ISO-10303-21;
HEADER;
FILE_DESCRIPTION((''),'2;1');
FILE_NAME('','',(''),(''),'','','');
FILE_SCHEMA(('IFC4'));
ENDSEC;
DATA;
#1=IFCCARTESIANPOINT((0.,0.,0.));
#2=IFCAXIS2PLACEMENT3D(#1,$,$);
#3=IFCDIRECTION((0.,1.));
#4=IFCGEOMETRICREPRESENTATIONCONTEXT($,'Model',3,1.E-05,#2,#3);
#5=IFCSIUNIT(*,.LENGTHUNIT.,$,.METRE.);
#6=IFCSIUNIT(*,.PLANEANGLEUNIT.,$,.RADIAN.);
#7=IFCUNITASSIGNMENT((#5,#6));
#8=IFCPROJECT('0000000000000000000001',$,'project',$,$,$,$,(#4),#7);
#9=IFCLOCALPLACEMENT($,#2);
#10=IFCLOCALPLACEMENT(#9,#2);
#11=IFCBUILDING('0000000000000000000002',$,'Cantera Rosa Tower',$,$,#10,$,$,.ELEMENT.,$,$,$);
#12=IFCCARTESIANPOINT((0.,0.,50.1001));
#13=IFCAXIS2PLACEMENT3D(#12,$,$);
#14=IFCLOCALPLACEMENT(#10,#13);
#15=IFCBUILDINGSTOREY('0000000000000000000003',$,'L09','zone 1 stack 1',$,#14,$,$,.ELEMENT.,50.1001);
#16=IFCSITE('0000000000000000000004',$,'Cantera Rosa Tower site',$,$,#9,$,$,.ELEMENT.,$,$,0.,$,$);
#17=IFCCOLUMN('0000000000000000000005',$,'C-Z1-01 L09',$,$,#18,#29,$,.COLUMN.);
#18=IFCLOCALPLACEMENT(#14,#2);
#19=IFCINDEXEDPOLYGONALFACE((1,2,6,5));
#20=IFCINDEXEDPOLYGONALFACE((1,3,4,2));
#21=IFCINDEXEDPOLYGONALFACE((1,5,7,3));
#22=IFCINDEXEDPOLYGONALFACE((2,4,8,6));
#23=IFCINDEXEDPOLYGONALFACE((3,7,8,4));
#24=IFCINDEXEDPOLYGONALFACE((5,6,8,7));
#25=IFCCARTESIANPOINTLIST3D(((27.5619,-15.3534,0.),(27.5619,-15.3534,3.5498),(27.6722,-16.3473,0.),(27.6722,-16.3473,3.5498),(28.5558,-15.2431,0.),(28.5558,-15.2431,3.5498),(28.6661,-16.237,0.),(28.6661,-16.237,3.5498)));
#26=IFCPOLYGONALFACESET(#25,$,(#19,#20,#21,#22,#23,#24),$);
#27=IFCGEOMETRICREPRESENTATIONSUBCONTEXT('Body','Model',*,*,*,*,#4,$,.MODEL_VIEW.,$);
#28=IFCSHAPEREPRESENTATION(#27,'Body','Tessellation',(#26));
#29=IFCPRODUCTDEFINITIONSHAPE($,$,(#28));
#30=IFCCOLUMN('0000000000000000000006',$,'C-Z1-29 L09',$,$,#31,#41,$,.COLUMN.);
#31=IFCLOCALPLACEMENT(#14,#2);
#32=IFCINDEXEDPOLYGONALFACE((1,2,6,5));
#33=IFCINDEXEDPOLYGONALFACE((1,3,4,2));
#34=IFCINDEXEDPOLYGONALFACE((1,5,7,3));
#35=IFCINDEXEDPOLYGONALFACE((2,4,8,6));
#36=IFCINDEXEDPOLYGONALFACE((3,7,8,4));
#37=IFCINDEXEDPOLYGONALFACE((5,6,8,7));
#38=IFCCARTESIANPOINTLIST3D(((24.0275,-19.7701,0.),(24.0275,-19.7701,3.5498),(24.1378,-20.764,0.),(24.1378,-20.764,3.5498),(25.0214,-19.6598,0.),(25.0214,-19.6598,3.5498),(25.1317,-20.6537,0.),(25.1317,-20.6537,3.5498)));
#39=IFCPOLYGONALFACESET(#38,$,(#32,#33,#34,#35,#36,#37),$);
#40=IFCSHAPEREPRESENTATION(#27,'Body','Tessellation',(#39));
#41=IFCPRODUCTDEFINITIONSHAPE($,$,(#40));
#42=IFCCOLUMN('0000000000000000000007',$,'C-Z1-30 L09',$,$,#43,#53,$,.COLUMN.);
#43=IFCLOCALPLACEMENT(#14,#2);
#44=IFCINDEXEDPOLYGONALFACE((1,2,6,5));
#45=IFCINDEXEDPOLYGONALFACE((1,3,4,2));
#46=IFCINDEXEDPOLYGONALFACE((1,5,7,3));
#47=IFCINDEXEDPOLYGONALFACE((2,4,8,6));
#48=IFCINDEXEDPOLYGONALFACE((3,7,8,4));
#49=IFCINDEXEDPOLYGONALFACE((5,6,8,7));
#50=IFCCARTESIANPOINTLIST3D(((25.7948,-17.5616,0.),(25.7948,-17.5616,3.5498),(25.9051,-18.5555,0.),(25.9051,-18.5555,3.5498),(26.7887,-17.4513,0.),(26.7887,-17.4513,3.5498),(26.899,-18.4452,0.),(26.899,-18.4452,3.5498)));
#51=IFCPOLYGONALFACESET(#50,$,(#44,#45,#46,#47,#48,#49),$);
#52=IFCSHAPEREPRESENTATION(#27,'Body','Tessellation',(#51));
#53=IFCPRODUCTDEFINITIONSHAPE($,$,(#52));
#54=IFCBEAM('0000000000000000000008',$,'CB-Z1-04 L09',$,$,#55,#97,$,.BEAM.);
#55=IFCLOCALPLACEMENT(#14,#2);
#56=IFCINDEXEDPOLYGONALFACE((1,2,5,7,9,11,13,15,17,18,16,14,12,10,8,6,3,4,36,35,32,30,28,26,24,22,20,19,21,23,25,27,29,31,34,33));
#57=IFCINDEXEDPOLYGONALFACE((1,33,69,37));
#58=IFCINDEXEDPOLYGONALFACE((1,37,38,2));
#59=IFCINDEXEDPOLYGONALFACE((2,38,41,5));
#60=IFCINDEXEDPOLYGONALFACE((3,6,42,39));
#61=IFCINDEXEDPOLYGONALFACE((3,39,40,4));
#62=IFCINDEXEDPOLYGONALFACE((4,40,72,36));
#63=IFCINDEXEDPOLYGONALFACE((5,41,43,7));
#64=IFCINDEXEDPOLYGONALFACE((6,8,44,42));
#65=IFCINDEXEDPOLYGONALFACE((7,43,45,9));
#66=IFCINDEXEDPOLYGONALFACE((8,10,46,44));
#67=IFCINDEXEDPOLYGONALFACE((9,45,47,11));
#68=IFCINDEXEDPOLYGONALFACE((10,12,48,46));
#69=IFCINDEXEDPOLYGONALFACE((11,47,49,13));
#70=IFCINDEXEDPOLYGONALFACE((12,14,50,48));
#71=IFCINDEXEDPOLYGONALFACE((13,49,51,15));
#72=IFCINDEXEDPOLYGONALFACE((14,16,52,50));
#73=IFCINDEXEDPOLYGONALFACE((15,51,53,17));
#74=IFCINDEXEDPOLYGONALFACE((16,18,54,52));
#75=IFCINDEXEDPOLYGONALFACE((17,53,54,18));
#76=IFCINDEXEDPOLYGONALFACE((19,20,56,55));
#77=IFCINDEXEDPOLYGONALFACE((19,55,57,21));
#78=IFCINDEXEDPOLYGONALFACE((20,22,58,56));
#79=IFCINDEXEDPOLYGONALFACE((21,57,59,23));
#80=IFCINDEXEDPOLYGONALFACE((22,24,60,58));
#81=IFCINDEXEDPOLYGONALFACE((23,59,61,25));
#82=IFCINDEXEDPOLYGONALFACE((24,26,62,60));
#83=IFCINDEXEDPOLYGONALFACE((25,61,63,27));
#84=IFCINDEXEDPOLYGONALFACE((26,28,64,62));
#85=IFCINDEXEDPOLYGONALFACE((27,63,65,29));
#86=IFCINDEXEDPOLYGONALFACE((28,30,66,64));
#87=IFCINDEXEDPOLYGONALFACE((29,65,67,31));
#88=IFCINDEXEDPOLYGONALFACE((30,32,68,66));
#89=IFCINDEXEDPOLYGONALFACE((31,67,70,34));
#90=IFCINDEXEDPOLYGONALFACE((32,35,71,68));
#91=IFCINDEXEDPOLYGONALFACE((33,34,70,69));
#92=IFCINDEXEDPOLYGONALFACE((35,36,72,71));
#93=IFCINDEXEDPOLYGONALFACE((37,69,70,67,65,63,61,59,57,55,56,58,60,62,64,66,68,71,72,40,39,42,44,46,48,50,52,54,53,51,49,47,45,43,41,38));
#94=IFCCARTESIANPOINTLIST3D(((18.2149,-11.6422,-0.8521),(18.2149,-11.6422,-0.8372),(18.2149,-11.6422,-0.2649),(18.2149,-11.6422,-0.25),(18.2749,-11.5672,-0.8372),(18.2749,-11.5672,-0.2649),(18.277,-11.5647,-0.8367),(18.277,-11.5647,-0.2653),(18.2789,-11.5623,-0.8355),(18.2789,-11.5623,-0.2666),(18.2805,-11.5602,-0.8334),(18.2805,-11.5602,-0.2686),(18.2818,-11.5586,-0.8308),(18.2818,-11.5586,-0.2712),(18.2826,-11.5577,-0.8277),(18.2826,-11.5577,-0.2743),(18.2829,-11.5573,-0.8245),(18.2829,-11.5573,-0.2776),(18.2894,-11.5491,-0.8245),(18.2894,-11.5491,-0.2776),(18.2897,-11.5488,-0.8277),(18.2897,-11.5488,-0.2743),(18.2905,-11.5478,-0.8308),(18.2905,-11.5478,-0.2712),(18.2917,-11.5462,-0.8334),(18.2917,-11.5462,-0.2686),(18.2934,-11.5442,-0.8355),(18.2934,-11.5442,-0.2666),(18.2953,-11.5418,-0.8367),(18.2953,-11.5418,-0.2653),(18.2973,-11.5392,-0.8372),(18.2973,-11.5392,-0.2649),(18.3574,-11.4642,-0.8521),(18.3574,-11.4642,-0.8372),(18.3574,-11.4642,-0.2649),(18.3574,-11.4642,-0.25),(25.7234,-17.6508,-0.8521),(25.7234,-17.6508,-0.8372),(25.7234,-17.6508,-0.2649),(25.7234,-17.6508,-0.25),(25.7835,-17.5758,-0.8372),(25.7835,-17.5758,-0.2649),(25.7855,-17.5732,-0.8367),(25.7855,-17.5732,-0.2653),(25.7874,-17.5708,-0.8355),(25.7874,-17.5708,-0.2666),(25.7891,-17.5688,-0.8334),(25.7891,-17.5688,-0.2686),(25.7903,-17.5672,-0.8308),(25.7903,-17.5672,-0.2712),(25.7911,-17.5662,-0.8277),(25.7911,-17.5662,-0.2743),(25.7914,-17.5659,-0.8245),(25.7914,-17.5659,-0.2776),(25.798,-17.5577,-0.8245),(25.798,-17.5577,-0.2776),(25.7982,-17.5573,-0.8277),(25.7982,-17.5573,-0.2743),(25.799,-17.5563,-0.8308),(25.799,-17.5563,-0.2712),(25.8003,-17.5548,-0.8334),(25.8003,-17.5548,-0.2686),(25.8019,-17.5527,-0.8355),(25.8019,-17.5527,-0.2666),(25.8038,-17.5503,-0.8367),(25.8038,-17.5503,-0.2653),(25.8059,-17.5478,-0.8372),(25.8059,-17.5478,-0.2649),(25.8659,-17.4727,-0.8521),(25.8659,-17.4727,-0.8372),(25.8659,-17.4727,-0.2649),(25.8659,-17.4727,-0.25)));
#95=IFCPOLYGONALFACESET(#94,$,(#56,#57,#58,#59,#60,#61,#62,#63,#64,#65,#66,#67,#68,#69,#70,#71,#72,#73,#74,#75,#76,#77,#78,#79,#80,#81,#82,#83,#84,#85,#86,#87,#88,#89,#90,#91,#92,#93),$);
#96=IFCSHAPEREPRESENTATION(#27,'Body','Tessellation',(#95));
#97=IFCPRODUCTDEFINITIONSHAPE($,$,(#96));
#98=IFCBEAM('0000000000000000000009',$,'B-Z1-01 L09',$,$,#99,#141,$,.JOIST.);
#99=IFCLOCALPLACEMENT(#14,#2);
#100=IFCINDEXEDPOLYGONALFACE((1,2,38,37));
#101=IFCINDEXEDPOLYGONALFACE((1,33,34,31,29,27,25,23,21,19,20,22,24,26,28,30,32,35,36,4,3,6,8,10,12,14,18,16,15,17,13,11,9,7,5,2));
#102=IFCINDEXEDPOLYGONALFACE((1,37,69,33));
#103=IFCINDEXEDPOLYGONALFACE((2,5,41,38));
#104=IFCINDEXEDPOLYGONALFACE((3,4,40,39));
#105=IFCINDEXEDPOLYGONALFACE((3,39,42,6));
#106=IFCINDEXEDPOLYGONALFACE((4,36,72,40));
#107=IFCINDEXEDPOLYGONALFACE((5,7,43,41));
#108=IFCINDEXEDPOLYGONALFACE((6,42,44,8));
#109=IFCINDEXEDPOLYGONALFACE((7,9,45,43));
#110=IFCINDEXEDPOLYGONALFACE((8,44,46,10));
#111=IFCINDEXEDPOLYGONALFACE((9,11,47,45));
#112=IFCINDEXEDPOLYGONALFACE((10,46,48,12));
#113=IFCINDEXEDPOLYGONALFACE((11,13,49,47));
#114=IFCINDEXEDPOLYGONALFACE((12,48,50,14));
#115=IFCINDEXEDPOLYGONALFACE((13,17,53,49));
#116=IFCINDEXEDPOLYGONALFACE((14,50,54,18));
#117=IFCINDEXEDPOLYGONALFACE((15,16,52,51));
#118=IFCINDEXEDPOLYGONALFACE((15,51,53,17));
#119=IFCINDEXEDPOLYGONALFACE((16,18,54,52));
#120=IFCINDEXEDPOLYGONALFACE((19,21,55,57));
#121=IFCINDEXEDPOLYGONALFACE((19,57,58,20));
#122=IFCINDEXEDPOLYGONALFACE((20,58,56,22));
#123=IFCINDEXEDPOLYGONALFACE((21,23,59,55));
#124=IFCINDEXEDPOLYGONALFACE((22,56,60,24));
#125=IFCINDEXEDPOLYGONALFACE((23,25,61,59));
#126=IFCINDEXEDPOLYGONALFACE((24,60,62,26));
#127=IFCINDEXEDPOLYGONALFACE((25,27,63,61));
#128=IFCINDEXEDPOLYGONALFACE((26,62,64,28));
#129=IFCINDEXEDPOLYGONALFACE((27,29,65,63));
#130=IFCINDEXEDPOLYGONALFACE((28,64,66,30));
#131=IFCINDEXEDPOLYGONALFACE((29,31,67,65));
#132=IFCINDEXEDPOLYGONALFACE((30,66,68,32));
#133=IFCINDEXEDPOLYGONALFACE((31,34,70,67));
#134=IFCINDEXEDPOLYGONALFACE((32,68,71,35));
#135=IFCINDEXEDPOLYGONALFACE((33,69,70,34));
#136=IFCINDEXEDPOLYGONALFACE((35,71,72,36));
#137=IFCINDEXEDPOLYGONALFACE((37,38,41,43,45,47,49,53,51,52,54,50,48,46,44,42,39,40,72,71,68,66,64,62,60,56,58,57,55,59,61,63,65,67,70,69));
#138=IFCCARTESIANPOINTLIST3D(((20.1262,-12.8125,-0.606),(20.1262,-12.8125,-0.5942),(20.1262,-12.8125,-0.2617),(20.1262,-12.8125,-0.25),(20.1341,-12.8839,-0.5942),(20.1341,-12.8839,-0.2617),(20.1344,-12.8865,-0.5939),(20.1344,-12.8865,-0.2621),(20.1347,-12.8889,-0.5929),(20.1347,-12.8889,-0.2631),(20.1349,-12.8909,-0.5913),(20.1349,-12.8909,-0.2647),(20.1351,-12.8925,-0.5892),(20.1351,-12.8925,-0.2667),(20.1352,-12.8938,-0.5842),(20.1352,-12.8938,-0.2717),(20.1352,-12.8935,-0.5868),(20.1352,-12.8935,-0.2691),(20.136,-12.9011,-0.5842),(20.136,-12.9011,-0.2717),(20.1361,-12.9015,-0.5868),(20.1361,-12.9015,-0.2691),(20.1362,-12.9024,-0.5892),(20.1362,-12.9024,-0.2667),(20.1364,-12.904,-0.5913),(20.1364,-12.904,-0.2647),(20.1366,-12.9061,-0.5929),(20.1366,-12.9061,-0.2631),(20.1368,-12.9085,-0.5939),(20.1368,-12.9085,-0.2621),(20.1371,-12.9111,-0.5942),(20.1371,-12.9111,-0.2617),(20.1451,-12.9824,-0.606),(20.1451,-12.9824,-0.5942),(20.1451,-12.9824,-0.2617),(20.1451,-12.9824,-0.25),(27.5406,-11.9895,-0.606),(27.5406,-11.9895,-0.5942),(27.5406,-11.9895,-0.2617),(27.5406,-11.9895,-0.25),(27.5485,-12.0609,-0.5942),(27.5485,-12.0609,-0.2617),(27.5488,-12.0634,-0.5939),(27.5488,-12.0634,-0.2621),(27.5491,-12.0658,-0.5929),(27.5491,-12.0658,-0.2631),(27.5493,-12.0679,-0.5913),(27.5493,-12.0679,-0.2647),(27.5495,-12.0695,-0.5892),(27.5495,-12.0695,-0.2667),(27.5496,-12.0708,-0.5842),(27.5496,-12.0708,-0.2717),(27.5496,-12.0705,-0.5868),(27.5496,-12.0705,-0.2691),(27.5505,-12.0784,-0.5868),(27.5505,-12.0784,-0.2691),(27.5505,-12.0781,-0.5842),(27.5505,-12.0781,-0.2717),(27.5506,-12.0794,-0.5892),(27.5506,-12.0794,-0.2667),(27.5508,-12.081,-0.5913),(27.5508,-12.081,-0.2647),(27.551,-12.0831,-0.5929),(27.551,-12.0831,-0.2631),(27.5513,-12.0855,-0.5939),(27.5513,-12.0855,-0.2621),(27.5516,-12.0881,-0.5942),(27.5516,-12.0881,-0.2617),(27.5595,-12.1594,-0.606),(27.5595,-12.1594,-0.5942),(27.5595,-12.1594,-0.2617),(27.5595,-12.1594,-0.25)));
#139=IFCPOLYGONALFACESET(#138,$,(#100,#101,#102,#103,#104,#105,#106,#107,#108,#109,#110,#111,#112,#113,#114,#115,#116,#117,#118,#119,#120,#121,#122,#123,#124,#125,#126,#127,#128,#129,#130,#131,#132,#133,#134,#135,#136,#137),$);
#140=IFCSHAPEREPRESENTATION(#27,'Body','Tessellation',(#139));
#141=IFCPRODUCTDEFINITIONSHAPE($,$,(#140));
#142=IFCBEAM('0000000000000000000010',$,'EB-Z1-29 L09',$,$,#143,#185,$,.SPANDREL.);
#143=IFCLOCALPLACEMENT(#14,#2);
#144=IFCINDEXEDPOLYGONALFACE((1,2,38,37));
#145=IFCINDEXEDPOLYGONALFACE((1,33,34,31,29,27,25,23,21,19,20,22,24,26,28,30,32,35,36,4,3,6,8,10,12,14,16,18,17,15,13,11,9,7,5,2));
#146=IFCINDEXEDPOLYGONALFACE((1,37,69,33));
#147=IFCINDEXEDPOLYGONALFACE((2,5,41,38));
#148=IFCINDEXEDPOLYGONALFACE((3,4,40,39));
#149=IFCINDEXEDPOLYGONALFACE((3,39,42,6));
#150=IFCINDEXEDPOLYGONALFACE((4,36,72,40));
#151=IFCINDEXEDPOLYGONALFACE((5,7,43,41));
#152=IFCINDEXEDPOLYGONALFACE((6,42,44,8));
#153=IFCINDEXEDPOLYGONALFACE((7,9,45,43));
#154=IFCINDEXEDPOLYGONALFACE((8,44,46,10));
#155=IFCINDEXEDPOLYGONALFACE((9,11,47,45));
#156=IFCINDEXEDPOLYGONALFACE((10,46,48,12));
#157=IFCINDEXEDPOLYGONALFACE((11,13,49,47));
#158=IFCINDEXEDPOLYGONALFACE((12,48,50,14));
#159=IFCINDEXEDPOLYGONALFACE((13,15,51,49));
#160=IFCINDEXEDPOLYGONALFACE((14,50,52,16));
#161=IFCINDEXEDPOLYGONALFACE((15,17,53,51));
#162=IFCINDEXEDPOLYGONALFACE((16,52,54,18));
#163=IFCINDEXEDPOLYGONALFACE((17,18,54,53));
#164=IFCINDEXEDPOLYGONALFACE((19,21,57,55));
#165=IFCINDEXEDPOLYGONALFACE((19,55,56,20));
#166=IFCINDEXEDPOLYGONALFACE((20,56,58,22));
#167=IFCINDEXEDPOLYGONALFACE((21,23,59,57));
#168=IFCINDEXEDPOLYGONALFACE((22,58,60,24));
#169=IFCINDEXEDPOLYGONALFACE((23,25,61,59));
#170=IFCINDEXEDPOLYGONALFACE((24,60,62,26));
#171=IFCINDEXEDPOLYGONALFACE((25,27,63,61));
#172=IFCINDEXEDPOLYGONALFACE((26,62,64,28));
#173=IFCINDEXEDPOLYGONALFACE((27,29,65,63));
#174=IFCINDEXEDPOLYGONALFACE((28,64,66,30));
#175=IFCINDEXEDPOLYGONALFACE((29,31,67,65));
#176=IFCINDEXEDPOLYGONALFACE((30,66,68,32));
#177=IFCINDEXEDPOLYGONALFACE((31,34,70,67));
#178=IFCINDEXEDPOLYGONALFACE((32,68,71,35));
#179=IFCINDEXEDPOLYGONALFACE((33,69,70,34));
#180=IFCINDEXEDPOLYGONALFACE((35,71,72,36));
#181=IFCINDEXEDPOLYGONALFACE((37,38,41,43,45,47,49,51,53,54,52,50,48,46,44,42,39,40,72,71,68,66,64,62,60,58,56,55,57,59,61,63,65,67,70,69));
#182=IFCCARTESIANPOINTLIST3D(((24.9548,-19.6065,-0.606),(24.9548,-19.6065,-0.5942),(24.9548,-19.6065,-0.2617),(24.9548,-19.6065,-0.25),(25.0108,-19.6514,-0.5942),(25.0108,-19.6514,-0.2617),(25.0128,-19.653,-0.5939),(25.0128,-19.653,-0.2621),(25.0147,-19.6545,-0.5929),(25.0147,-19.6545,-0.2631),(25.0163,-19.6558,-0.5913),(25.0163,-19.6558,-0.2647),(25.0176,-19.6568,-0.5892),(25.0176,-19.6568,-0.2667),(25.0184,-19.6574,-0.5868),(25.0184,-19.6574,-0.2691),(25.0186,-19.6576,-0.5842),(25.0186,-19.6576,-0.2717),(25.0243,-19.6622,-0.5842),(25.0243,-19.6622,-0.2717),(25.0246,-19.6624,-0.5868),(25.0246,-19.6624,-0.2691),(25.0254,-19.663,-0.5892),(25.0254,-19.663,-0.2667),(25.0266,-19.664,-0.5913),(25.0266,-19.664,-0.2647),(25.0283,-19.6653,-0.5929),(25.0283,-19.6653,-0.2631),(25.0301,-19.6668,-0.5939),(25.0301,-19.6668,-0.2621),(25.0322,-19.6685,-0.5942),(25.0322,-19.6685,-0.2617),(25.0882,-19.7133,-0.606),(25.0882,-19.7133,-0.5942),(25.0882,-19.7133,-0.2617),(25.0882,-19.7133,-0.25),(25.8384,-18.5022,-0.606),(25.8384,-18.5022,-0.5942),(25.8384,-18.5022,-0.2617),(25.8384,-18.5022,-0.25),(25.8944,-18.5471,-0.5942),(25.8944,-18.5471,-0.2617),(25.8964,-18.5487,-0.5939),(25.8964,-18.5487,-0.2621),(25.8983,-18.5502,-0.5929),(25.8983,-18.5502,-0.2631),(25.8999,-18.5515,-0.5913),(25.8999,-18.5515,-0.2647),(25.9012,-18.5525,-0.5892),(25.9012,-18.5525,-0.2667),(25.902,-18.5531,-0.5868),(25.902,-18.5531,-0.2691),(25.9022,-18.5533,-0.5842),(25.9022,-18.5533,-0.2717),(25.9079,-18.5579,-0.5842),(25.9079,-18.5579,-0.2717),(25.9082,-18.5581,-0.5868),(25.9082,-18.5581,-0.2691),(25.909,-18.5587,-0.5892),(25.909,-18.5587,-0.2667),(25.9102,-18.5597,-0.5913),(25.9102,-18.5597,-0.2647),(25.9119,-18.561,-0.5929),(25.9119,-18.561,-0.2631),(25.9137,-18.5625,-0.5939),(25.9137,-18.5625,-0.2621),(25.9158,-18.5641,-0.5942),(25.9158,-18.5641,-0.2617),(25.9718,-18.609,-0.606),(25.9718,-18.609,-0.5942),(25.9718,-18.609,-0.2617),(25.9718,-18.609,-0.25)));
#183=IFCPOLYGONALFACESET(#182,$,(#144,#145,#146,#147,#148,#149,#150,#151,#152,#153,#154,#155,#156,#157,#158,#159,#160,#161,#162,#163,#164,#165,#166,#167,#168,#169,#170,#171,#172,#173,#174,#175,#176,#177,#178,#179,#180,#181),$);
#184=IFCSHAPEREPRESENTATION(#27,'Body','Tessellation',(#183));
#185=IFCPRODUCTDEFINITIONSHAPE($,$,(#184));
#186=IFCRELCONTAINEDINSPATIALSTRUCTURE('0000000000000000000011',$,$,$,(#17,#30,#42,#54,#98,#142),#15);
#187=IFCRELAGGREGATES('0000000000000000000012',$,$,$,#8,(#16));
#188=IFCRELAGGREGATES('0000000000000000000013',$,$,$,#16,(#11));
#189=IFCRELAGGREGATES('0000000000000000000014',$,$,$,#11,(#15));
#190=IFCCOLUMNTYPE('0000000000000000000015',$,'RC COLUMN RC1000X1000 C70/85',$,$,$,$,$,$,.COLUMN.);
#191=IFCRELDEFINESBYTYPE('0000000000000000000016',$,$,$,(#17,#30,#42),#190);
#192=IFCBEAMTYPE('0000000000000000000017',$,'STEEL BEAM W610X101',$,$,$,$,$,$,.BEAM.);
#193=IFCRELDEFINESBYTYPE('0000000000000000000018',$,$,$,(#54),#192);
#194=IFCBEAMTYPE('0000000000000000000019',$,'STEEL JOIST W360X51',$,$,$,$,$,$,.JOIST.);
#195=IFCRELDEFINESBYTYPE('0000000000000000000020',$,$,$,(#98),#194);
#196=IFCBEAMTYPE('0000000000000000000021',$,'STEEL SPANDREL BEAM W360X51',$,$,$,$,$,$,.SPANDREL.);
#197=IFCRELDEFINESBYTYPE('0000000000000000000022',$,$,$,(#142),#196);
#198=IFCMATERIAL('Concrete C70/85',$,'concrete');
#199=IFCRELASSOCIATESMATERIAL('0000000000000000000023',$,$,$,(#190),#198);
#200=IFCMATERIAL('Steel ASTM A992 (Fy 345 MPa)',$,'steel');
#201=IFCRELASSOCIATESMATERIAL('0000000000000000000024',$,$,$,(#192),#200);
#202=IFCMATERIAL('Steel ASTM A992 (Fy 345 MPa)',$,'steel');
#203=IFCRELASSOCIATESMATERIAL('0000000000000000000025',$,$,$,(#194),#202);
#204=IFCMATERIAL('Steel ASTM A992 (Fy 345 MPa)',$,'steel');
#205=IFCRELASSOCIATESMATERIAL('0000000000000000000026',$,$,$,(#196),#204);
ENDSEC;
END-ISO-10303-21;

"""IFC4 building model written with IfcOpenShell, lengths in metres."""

from ifc_helpers import new_model, si_unit, direction, frame, origin, origin_2d, place, context, subcontext, project, spatial, rectangle, i_section, extrude, material, material_profile, profile_set, type_object, element, save


model = new_model("IFC4")

# Units and contexts
model_context = context("Model", 3, precision=1e-05, world=origin(), true_north=direction((0.0, 1.0)))
body_context = subcontext(model_context, "Body", "Model", "MODEL_VIEW")
ifc_project = project(units=[si_unit("LENGTHUNIT", "METRE"), si_unit("PLANEANGLEUNIT", "RADIAN")], contexts=[model_context])

# Site, building, storey
site_placement = place(None, origin())
site = spatial("IfcSite", under=ifc_project, at=site_placement, Name="Cantera Rosa Tower site", CompositionType="ELEMENT", RefElevation=0.0)
building_placement = place(site_placement, origin())
building = spatial("IfcBuilding", under=site, at=building_placement, Name="Cantera Rosa Tower", CompositionType="ELEMENT")
storey_placement = place(building_placement, frame((0.0, 0.0, 50.1001)))
storey = spatial("IfcBuildingStorey", under=building, at=storey_placement, Name="L09", Description="zone 1 stack 1", CompositionType="ELEMENT", Elevation=50.1001)

# Columns
ifc_material_1 = material(Name="Concrete C70/85", Category="concrete")
ifc_material_profile_1 = material_profile(ifc_material_1, rectangle(XDim=1.0, YDim=1.0, at=origin_2d()), Name="RC COLUMN RC1000X1000 C70/85")
ifc_profile_set_1 = profile_set([ifc_material_profile_1], Name="Concrete C70/85")
column_type = type_object("IfcColumnType", Name="RC COLUMN RC1000X1000 C70/85", PredefinedType="COLUMN", material=ifc_profile_set_1)
for number, where, z_axis, x_axis, name in (
    (1, (28.114, -15.7952, 0.0), (0.0, 0.0, 1.0), (0.993897, 0.110313, 0.0), "C-Z1-01 L09"),
    (2, (24.5796, -20.2119, 0.0), (0.0, 0.0, 1.0), (0.993897, 0.110313, 0.0), "C-Z1-29 L09"),
    (3, (26.3469, -18.0034, 0.0), (0.0, 0.0, 1.0), (0.993897, 0.110313, 0.0), "C-Z1-30 L09"),
):
    element("IfcColumn", number, at=place(storey_placement, frame(where, z_axis=z_axis, x_axis=x_axis)), inside=storey, type_object=column_type, Name=name, PredefinedType="COLUMN", context=body_context, shape_type="SweptSolid", body=[
        extrude(rectangle(XDim=1.0, YDim=1.0, at=origin_2d()), origin(), (0.0, 0.0, 1.0), 3.5498),
    ])

# Beams
ifc_material_2 = material(Name="Steel ASTM A992 (Fy 345 MPa)", Category="steel")
ifc_material_profile_2 = material_profile(ifc_material_2, i_section(OverallWidth=0.228, OverallDepth=0.6021, WebThickness=0.0105, FlangeThickness=0.0149, FilletRadius=0.0127, at=origin_2d()), Name="W610X101")
ifc_profile_set_2 = profile_set([ifc_material_profile_2], Name="Steel ASTM A992 (Fy 345 MPa)")
beam_type_1 = type_object("IfcBeamType", Name="STEEL BEAM W610X101", PredefinedType="BEAM", material=ifc_profile_set_2)
beam_1_placement = place(storey_placement, frame((25.7947, -17.5618, -0.551), z_axis=(-0.780782, 0.624803, 0.0), x_axis=(-0.624803, -0.780782, 0.0)))
element("IfcBeam", 4, at=beam_1_placement, inside=storey, type_object=beam_type_1, Name="CB-Z1-04 L09", PredefinedType="BEAM", context=body_context, shape_type="SweptSolid", body=[
    extrude(i_section(OverallWidth=0.228, OverallDepth=0.6021, WebThickness=0.0105, FlangeThickness=0.0149, FilletRadius=0.0127, at=origin_2d()), origin(), (0.0, 0.0, 1.0), 9.6167),
])
ifc_material_3 = material(Name="Steel ASTM A992 (Fy 345 MPa)", Category="steel")
ifc_material_profile_3 = material_profile(ifc_material_3, i_section(OverallWidth=0.1709, OverallDepth=0.356, WebThickness=0.0073, FlangeThickness=0.0117, FilletRadius=0.01, at=origin_2d()), Name="W360X51")
ifc_profile_set_3 = profile_set([ifc_material_profile_3], Name="Steel ASTM A992 (Fy 345 MPa)")
beam_type_2 = type_object("IfcBeamType", Name="STEEL JOIST W360X51", PredefinedType="JOIST", material=ifc_profile_set_3)
beam_2_placement = place(storey_placement, frame((27.55, -12.0745, -0.428), z_axis=(-0.993896, -0.110324, 0.0), x_axis=(0.110324, -0.993896, 0.0)))
element("IfcBeam", 5, at=beam_2_placement, inside=storey, type_object=beam_type_2, Name="B-Z1-01 L09", PredefinedType="JOIST", context=body_context, shape_type="SweptSolid", body=[
    extrude(i_section(OverallWidth=0.1709, OverallDepth=0.356, WebThickness=0.0073, FlangeThickness=0.0117, FilletRadius=0.01, at=origin_2d()), origin(), (0.0, 0.0, 1.0), 7.46),
])
ifc_material_4 = material(Name="Steel ASTM A992 (Fy 345 MPa)", Category="steel")
ifc_material_profile_4 = material_profile(ifc_material_4, i_section(OverallWidth=0.1709, OverallDepth=0.356, WebThickness=0.0073, FlangeThickness=0.0117, FilletRadius=0.01, at=origin_2d()), Name="W360X51")
ifc_profile_set_4 = profile_set([ifc_material_profile_4], Name="Steel ASTM A992 (Fy 345 MPa)")
beam_type_3 = type_object("IfcBeamType", Name="STEEL SPANDREL BEAM W360X51", PredefinedType="SPANDREL", material=ifc_profile_set_4)
for number, where, z_axis, x_axis, name in (
    (6, (25.0215, -19.6599, -0.428), (0.624758, 0.780818, 0.0), (-0.780818, 0.624758, 0.0), "EB-Z1-29 L09"),
):
    element("IfcBeam", number, at=place(storey_placement, frame(where, z_axis=z_axis, x_axis=x_axis)), inside=storey, type_object=beam_type_3, Name=name, PredefinedType="SPANDREL", context=body_context, shape_type="SweptSolid", body=[
        extrude(i_section(OverallWidth=0.1709, OverallDepth=0.356, WebThickness=0.0073, FlangeThickness=0.0117, FilletRadius=0.01, at=origin_2d()), origin(), (0.0, 0.0, 1.0), 1.4143),
    ])

save(model, "model.ifc")
